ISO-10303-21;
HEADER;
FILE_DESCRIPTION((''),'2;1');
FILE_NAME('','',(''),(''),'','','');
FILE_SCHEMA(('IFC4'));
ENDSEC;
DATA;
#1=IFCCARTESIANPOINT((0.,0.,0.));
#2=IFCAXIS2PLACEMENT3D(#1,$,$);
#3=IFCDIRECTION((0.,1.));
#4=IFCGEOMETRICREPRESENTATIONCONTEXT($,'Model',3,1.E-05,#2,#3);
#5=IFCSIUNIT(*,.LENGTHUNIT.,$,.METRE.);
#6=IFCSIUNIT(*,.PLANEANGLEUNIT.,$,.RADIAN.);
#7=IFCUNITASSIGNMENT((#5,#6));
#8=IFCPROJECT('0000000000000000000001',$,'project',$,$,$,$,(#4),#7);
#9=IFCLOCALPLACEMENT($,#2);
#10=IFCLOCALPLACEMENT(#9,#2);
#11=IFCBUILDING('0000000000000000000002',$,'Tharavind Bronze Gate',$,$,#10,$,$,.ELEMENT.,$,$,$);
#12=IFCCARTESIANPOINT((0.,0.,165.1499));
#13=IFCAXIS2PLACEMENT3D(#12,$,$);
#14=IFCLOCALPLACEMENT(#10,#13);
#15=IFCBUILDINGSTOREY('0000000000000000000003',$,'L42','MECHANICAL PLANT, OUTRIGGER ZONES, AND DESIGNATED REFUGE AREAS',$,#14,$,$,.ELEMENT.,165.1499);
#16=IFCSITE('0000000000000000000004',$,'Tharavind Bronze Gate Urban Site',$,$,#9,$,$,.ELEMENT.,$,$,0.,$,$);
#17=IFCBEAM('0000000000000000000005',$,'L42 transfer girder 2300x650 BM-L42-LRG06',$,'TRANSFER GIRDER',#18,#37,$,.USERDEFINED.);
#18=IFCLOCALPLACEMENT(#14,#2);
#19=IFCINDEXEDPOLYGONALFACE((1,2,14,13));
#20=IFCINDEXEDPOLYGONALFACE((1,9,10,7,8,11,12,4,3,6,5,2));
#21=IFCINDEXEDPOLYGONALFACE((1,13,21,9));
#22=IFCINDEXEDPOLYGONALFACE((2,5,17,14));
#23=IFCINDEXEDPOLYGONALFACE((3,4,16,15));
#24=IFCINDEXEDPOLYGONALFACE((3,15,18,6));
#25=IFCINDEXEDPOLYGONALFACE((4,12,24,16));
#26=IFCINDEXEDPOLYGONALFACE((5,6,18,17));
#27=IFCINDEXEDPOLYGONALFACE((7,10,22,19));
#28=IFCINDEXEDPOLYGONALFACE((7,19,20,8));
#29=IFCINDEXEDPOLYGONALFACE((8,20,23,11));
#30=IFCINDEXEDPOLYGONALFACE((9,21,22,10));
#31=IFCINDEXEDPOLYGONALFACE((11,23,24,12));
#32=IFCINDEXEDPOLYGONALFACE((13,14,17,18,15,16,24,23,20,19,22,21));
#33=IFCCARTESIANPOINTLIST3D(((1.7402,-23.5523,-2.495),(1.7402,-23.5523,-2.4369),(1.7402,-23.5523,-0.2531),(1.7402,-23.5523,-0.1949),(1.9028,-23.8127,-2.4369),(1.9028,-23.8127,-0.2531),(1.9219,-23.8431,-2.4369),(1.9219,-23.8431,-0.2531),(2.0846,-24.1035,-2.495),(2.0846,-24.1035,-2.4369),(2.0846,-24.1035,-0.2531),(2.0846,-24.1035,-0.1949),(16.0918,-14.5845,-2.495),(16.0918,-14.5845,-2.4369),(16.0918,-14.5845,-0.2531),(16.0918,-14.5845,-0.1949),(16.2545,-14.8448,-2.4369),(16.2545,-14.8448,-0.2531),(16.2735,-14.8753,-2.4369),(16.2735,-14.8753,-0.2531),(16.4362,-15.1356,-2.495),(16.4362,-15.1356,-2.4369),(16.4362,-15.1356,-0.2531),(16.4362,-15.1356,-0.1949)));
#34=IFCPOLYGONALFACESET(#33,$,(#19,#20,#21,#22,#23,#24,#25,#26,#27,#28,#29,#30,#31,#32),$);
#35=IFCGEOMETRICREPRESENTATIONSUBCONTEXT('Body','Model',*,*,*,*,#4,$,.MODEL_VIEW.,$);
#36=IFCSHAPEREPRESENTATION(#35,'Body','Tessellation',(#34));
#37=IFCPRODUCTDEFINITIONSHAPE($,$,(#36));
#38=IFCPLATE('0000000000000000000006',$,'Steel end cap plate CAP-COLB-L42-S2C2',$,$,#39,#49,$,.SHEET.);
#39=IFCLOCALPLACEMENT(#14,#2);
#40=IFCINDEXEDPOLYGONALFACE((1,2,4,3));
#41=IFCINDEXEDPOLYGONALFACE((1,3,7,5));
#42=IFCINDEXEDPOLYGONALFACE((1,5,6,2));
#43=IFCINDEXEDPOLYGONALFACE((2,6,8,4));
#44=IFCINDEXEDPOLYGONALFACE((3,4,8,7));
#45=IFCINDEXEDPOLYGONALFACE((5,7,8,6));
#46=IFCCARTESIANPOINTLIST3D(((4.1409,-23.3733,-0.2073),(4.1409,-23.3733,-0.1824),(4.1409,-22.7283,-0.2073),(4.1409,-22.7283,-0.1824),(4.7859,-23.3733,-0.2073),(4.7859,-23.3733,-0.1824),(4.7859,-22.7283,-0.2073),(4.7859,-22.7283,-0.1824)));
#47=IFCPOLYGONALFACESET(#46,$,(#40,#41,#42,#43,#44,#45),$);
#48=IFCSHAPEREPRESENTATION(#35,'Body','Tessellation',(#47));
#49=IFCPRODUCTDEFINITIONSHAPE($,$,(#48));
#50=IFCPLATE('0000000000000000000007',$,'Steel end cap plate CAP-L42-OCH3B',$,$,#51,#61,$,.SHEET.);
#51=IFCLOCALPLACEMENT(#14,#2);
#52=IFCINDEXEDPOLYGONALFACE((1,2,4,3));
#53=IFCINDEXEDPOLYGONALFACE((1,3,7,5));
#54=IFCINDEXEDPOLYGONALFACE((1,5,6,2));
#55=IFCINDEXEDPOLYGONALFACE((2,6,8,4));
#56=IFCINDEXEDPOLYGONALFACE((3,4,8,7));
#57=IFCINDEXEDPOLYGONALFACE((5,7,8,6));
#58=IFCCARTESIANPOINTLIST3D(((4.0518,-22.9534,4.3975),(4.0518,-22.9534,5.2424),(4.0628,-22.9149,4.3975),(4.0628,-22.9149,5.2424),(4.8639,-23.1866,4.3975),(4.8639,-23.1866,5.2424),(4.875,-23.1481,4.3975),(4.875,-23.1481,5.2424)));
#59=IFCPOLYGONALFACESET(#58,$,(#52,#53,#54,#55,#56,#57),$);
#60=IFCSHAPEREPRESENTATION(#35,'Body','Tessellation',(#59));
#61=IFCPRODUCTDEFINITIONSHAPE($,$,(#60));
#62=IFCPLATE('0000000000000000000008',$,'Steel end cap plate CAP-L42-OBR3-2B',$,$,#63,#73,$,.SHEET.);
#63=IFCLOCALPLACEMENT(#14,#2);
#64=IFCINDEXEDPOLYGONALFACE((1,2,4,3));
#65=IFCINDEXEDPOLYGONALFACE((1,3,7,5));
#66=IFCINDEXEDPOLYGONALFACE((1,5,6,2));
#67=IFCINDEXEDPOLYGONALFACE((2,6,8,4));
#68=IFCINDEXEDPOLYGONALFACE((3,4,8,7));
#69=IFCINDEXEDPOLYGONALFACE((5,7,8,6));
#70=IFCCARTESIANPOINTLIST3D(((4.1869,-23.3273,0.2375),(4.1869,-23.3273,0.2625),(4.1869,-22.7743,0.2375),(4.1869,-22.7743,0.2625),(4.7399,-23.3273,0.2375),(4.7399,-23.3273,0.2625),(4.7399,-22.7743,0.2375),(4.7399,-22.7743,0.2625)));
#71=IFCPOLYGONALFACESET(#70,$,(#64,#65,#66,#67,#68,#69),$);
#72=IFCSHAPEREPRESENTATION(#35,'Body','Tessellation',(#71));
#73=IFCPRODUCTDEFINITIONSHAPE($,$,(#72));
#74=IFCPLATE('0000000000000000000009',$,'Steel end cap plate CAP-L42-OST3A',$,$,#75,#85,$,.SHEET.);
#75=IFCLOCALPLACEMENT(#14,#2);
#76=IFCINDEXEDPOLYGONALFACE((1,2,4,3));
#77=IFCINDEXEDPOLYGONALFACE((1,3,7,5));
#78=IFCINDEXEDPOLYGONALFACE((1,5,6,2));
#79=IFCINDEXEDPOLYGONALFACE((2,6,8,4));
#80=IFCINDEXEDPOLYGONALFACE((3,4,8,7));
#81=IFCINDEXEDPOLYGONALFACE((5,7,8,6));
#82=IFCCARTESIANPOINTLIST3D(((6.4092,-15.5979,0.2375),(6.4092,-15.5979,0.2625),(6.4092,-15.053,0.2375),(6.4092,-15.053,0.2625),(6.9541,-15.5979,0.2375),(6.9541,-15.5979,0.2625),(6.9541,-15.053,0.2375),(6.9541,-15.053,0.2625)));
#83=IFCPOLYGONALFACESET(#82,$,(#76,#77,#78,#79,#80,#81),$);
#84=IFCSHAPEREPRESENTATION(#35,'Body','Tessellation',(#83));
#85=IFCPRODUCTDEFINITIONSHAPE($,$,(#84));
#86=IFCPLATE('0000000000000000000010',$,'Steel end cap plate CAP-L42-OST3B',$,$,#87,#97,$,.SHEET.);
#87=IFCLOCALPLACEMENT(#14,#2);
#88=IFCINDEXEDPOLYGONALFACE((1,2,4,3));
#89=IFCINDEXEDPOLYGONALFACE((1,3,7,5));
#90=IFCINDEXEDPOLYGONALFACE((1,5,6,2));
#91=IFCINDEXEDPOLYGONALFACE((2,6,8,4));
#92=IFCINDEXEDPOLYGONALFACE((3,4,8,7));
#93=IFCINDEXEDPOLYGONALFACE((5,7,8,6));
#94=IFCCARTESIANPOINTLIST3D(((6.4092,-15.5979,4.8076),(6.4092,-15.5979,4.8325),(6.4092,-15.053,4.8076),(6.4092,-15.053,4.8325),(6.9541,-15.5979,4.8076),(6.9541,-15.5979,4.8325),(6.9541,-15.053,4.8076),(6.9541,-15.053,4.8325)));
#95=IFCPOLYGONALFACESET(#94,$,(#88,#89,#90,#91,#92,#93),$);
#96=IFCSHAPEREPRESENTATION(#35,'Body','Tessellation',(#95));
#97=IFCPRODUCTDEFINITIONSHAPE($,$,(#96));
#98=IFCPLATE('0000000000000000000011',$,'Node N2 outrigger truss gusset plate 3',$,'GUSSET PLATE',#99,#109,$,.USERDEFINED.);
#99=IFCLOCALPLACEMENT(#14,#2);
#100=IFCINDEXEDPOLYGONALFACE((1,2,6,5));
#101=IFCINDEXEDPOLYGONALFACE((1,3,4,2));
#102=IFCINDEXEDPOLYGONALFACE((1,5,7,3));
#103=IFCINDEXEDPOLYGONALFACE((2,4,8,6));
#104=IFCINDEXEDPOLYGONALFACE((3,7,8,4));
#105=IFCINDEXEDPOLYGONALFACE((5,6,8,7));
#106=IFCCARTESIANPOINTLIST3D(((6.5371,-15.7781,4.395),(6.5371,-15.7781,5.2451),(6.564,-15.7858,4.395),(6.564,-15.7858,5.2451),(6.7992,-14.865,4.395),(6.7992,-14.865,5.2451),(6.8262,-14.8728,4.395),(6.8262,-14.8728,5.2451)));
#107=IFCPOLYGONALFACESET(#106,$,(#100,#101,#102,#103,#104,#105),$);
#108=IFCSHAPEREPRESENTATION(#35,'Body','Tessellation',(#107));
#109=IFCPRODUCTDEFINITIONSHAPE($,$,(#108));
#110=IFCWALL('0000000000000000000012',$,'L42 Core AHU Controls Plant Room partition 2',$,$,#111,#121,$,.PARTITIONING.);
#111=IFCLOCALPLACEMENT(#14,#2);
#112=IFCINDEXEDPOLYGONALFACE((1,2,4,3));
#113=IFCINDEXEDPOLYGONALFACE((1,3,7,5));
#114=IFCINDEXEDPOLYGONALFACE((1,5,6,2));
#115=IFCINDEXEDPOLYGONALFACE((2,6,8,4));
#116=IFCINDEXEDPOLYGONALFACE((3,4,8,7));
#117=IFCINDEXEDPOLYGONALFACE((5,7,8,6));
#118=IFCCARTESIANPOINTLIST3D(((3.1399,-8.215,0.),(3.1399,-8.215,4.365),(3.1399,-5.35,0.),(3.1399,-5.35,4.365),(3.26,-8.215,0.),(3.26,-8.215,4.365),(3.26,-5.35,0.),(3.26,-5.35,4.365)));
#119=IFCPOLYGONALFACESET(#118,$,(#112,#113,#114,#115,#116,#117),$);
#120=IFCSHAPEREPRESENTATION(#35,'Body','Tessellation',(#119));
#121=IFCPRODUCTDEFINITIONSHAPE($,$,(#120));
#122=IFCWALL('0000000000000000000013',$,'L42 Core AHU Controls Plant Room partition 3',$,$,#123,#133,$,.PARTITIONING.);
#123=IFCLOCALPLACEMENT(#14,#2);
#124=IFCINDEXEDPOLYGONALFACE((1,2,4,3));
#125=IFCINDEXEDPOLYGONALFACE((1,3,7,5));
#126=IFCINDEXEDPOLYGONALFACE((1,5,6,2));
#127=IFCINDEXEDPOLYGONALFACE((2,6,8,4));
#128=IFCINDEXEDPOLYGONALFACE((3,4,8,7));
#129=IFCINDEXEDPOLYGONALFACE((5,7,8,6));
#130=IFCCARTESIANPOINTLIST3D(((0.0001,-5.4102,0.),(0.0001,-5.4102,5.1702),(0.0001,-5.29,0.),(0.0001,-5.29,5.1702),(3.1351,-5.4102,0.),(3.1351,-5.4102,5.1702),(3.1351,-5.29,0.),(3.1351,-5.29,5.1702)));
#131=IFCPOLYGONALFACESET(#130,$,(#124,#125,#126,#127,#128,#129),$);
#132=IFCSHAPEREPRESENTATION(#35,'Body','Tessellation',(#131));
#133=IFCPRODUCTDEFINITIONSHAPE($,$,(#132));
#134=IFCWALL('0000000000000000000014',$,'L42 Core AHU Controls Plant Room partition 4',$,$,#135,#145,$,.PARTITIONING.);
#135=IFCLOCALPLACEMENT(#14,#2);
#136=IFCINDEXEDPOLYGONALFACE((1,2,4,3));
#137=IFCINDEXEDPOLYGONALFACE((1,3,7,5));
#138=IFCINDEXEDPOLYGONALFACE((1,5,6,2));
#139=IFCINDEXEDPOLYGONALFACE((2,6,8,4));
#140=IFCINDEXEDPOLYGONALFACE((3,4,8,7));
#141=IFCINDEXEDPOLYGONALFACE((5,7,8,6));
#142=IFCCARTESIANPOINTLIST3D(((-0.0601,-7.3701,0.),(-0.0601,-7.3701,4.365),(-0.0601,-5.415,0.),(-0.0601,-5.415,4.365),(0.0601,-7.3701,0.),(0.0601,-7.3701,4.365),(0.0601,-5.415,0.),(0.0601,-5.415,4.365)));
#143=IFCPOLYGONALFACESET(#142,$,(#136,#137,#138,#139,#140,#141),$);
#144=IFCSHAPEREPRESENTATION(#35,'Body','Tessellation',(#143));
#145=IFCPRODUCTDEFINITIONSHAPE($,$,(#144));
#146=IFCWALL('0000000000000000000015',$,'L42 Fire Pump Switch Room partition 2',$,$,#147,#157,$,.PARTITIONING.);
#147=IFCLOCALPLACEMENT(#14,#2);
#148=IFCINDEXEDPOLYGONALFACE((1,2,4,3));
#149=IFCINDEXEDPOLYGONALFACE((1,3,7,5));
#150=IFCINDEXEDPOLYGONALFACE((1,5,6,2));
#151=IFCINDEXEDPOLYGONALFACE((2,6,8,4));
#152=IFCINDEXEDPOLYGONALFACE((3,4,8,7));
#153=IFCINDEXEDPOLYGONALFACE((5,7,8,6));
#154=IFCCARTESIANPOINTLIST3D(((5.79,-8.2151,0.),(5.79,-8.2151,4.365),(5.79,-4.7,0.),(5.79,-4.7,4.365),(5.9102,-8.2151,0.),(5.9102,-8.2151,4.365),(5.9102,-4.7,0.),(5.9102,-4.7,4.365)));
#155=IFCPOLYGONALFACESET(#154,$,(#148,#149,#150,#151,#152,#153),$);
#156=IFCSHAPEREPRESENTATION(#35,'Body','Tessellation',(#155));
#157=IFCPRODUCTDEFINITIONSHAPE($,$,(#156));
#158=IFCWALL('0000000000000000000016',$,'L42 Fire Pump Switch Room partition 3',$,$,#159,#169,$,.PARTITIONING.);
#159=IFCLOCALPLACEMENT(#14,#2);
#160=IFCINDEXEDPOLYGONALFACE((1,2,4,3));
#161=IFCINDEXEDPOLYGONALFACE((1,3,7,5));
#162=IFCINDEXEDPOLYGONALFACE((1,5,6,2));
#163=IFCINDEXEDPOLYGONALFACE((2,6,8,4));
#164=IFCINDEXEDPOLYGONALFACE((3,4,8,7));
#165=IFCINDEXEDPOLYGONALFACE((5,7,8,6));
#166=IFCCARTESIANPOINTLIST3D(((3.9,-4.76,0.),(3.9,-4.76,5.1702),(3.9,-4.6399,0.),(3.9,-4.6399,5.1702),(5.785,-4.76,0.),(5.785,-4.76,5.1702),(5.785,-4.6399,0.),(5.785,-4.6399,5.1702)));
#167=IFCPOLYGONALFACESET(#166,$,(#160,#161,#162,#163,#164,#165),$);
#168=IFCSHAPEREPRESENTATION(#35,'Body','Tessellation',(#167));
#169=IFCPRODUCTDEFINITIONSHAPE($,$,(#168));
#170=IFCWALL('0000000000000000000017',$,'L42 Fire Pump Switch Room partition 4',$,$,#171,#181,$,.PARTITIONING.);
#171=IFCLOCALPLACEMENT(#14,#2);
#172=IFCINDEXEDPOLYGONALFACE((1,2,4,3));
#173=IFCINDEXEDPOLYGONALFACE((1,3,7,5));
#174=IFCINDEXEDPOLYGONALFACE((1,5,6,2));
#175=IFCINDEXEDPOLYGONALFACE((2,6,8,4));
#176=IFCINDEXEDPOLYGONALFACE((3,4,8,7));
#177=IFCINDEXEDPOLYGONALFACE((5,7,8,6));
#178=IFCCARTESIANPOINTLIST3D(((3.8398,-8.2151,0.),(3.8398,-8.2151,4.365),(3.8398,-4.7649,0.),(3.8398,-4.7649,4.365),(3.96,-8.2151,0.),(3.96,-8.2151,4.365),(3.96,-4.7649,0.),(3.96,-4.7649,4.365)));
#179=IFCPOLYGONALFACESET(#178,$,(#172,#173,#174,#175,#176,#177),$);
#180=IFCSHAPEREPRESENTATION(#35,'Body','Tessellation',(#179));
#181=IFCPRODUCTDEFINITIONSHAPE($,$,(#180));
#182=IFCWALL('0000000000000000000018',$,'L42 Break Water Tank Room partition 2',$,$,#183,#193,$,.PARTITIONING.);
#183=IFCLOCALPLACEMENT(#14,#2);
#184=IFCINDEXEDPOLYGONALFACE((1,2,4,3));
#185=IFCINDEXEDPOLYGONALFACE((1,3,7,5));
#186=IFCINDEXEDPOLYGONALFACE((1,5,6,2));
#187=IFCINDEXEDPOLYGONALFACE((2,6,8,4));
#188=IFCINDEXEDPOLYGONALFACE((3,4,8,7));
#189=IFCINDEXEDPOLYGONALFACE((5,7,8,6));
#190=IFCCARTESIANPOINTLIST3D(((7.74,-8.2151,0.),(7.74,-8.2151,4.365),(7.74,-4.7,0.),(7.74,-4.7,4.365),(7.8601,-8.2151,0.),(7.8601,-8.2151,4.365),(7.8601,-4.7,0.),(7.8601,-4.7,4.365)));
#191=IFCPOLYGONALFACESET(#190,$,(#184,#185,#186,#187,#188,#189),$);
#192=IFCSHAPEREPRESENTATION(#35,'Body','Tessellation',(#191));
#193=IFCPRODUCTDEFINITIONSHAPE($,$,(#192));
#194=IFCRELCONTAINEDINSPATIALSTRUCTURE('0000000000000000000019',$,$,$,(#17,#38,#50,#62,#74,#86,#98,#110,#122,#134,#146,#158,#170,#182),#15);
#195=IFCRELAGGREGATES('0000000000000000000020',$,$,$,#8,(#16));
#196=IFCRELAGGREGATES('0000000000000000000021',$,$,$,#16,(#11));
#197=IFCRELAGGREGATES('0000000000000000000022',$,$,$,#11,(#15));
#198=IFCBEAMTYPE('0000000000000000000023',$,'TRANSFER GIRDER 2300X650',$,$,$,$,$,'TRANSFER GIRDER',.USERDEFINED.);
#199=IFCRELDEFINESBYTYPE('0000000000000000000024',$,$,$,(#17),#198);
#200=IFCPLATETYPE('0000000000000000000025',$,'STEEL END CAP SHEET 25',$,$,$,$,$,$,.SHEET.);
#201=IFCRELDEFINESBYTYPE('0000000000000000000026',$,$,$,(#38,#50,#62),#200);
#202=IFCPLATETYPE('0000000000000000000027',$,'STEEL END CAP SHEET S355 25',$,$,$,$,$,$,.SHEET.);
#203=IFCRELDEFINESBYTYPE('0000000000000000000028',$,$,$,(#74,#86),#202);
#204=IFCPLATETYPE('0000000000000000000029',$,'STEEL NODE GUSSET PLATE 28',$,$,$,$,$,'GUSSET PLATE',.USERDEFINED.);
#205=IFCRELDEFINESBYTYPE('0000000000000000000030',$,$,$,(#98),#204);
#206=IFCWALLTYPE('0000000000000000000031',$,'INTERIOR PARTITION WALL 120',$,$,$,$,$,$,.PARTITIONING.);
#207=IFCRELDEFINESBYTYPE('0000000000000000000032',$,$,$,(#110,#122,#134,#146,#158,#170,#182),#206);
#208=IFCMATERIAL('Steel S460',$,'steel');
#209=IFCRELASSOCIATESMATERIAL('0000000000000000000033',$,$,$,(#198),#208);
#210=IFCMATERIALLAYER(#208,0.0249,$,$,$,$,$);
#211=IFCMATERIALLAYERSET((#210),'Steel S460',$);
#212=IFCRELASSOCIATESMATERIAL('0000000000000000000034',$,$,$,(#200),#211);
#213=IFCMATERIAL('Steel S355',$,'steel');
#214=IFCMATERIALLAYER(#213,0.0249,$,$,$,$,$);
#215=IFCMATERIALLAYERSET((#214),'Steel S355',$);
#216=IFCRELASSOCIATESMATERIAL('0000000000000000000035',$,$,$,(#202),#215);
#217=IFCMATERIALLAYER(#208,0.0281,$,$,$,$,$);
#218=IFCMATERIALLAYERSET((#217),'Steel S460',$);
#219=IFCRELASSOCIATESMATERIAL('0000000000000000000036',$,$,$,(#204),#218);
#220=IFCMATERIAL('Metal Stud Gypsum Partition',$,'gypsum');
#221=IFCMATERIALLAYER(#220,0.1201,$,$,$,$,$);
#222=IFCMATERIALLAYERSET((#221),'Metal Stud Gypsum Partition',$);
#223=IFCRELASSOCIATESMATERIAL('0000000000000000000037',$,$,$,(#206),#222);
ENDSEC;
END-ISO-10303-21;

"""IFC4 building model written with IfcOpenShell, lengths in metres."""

from ifc_helpers import new_model, si_unit, direction, frame, frame_2d, origin, origin_2d, place, context, subcontext, project, spatial, rectangle, i_section, extrude, material, layer, layer_set, material_profile, profile_set, type_object, element, save


model = new_model("IFC4")

# Units and contexts
model_context = context("Model", 3, precision=1e-05, world=origin(), true_north=direction((0.0, 1.0)))
body_context = subcontext(model_context, "Body", "Model", "MODEL_VIEW")
ifc_project = project(units=[si_unit("LENGTHUNIT", "METRE"), si_unit("PLANEANGLEUNIT", "RADIAN")], contexts=[model_context])

# Site, building, storey
site_placement = place(None, origin())
site = spatial("IfcSite", under=ifc_project, at=site_placement, Name="Tharavind Bronze Gate Urban Site", CompositionType="ELEMENT", RefElevation=0.0)
building_placement = place(site_placement, origin())
building = spatial("IfcBuilding", under=site, at=building_placement, Name="Tharavind Bronze Gate", CompositionType="ELEMENT")
storey_placement = place(building_placement, frame((0.0, 0.0, 165.1499)))
storey = spatial("IfcBuildingStorey", under=building, at=storey_placement, Name="L42", Description="MECHANICAL PLANT, OUTRIGGER ZONES, AND DESIGNATED REFUGE AREAS", CompositionType="ELEMENT", Elevation=165.1499)

# Shared definitions
ifc_material_1 = material(Name="Steel S460", Category="steel")

# Beam
ifc_material_2 = material(Name="Steel S355", Category="steel")
ifc_material_profile_1 = material_profile(ifc_material_1, i_section(OverallWidth=0.6499, OverallDepth=2.3, WebThickness=0.0359, FlangeThickness=0.0581, at=origin_2d()), Name="PG2300X650")
ifc_profile_set_1 = profile_set([ifc_material_profile_1], Name="Steel S460")
beam_type_1 = type_object("IfcBeamType", Name="TRANSFER GIRDER 2300X650", ElementType="TRANSFER GIRDER", PredefinedType="USERDEFINED", material=ifc_profile_set_1)
beam_1_placement = place(storey_placement, frame((1.9124, -23.8279, -1.345), z_axis=(0.84805, 0.529916, 0.0), x_axis=(-0.529916, 0.84805, 0.0)))
element("IfcBeam", 1, at=beam_1_placement, inside=storey, type_object=beam_type_1, Name="L42 transfer girder 2300x650 BM-L42-LRG06", ObjectType="TRANSFER GIRDER", PredefinedType="USERDEFINED", context=body_context, shape_type="SweptSolid", body=[
    extrude(i_section(OverallWidth=0.6499, OverallDepth=2.3, WebThickness=0.0359, FlangeThickness=0.0581, at=origin_2d()), origin(), (0.0, 0.0, 1.0), 16.9231),
])

# Plates
ifc_layer_1 = layer(ifc_material_1, 0.0249)
ifc_layer_set_1 = layer_set([ifc_layer_1], Name="Steel S460")
plate_type_1 = type_object("IfcPlateType", Name="STEEL END CAP SHEET 25", PredefinedType="SHEET", material=ifc_layer_set_1)
plate_1_placement = place(storey_placement, frame((4.4634, -23.0508, -0.2073), z_axis=(0.0, 0.0, 1.0), x_axis=(1.0, 0.0, 0.0)))
element("IfcPlate", 2, at=plate_1_placement, inside=storey, type_object=plate_type_1, Name="Steel end cap plate CAP-COLB-L42-S2C2", PredefinedType="SHEET", context=body_context, shape_type="SweptSolid", body=[
    extrude(rectangle(XDim=0.645, YDim=0.645, at=origin_2d()), origin(), (0.0, 0.0, 1.0), 0.0249),
])
plate_2_placement = place(storey_placement, frame((4.4634, -23.0508, 4.3975), z_axis=(0.0, 0.0, 1.0), x_axis=(0.275995, 0.961159, 0.0)))
element("IfcPlate", 3, at=plate_2_placement, inside=storey, type_object=plate_type_1, Name="Steel end cap plate CAP-L42-OCH3B", PredefinedType="SHEET", context=body_context, shape_type="SweptSolid", body=[
    extrude(rectangle(XDim=0.04, YDim=0.845, at=origin_2d()), origin(), (0.0, 0.0, 1.0), 0.845),
])
plate_3_placement = place(storey_placement, frame((4.4634, -23.0508, 0.2375), z_axis=(0.0, 0.0, 1.0), x_axis=(1.0, 0.0, 0.0)))
element("IfcPlate", 4, at=plate_3_placement, inside=storey, type_object=plate_type_1, Name="Steel end cap plate CAP-L42-OBR3-2B", PredefinedType="SHEET", context=body_context, shape_type="SweptSolid", body=[
    extrude(rectangle(XDim=0.553, YDim=0.553, at=origin_2d()), origin(), (0.0, 0.0, 1.0), 0.0249),
])
ifc_layer_2 = layer(ifc_material_2, 0.0249)
ifc_layer_set_2 = layer_set([ifc_layer_2], Name="Steel S355")
plate_type_2 = type_object("IfcPlateType", Name="STEEL END CAP SHEET S355 25", PredefinedType="SHEET", material=ifc_layer_set_2)
for number, where, z_axis, x_axis, name in (
    (5, (6.6816, -15.3254, 0.2375), (0.0, 0.0, 1.0), (1.0, 0.0, 0.0), "Steel end cap plate CAP-L42-OST3A"),
    (6, (6.6816, -15.3254, 4.8076), (0.0, 0.0, 1.0), (1.0, 0.0, 0.0), "Steel end cap plate CAP-L42-OST3B"),
):
    element("IfcPlate", number, at=place(storey_placement, frame(where, z_axis=z_axis, x_axis=x_axis)), inside=storey, type_object=plate_type_2, Name=name, PredefinedType="SHEET", context=body_context, shape_type="SweptSolid", body=[
        extrude(rectangle(XDim=0.5449, YDim=0.5449, at=origin_2d()), origin(), (0.0, 0.0, 1.0), 0.0249),
    ])
ifc_layer_3 = layer(ifc_material_1, 0.0281)
ifc_layer_set_3 = layer_set([ifc_layer_3], Name="Steel S460")
plate_type_3 = type_object("IfcPlateType", Name="STEEL NODE GUSSET PLATE 28", ElementType="GUSSET PLATE", PredefinedType="USERDEFINED", material=ifc_layer_set_3)
plate_4_placement = place(storey_placement, frame((6.6816, -15.3254, 4.395), z_axis=(0.0, 0.0, 1.0), x_axis=(0.275995, 0.961159, 0.0)))
element("IfcPlate", 7, at=plate_4_placement, inside=storey, type_object=plate_type_3, Name="Node N2 outrigger truss gusset plate 3", ObjectType="GUSSET PLATE", PredefinedType="USERDEFINED", context=body_context, shape_type="SweptSolid", body=[
    extrude(rectangle(XDim=0.95, YDim=0.0281, at=origin_2d()), origin(), (0.0, 0.0, 1.0), 0.8501),
])

# Walls
ifc_material_3 = material(Name="Metal Stud Gypsum Partition", Category="gypsum")
ifc_layer_4 = layer(ifc_material_3, 0.1201)
ifc_layer_set_4 = layer_set([ifc_layer_4], Name="Metal Stud Gypsum Partition")
wall_type_1 = type_object("IfcWallType", Name="INTERIOR PARTITION WALL 120", PredefinedType="PARTITIONING", material=ifc_layer_set_4)
wall_1_placement = place(storey_placement, frame((3.2, -8.2151, 0.0), z_axis=(0.0, 0.0, 1.0), x_axis=(0.0, 1.0, 0.0)))
element("IfcWall", 8, at=wall_1_placement, inside=storey, type_object=wall_type_1, Name="L42 Core AHU Controls Plant Room partition 2", PredefinedType="PARTITIONING", context=body_context, shape_type="SweptSolid", body=[
    extrude(rectangle(XDim=2.865, YDim=0.1201, at=frame_2d((1.4326, 0.0))), origin(), (0.0, 0.0, 1.0), 4.365),
])
wall_2_placement = place(storey_placement, frame((3.135, -5.3501, 0.0), z_axis=(0.0, 0.0, 1.0), x_axis=(-1.0, 0.0, 0.0)))
element("IfcWall", 9, at=wall_2_placement, inside=storey, type_object=wall_type_1, Name="L42 Core AHU Controls Plant Room partition 3", PredefinedType="PARTITIONING", context=body_context, shape_type="SweptSolid", body=[
    extrude(rectangle(XDim=3.135, YDim=0.1201, at=frame_2d((1.5674, 0.0))), origin(), (0.0, 0.0, 1.0), 5.1702),
])
wall_3_placement = place(storey_placement, frame((0.0, -5.415, 0.0), z_axis=(0.0, 0.0, 1.0), x_axis=(0.0, -1.0, 0.0)))
element("IfcWall", 10, at=wall_3_placement, inside=storey, type_object=wall_type_1, Name="L42 Core AHU Controls Plant Room partition 4", PredefinedType="PARTITIONING", context=body_context, shape_type="SweptSolid", body=[
    extrude(rectangle(XDim=1.9551, YDim=0.1201, at=frame_2d((0.9775, 0.0))), origin(), (0.0, 0.0, 1.0), 4.365),
])
wall_4_placement = place(storey_placement, frame((5.8501, -8.2151, 0.0), z_axis=(0.0, 0.0, 1.0), x_axis=(0.0, 1.0, 0.0)))
element("IfcWall", 11, at=wall_4_placement, inside=storey, type_object=wall_type_1, Name="L42 Fire Pump Switch Room partition 2", PredefinedType="PARTITIONING", context=body_context, shape_type="SweptSolid", body=[
    extrude(rectangle(XDim=3.5151, YDim=0.1201, at=frame_2d((1.7576, 0.0))), origin(), (0.0, 0.0, 1.0), 4.365),
])
wall_5_placement = place(storey_placement, frame((5.7849, -4.7, 0.0), z_axis=(0.0, 0.0, 1.0), x_axis=(-1.0, 0.0, 0.0)))
element("IfcWall", 12, at=wall_5_placement, inside=storey, type_object=wall_type_1, Name="L42 Fire Pump Switch Room partition 3", PredefinedType="PARTITIONING", context=body_context, shape_type="SweptSolid", body=[
    extrude(rectangle(XDim=1.885, YDim=0.1201, at=frame_2d((0.9424, 0.0))), origin(), (0.0, 0.0, 1.0), 5.1702),
])
wall_6_placement = place(storey_placement, frame((3.8999, -4.7649, 0.0), z_axis=(0.0, 0.0, 1.0), x_axis=(0.0, -1.0, 0.0)))
element("IfcWall", 13, at=wall_6_placement, inside=storey, type_object=wall_type_1, Name="L42 Fire Pump Switch Room partition 4", PredefinedType="PARTITIONING", context=body_context, shape_type="SweptSolid", body=[
    extrude(rectangle(XDim=3.4502, YDim=0.1201, at=frame_2d((1.7251, 0.0))), origin(), (0.0, 0.0, 1.0), 4.365),
])
wall_7_placement = place(storey_placement, frame((7.8, -8.2151, 0.0), z_axis=(0.0, 0.0, 1.0), x_axis=(0.0, 1.0, 0.0)))
element("IfcWall", 14, at=wall_7_placement, inside=storey, type_object=wall_type_1, Name="L42 Break Water Tank Room partition 2", PredefinedType="PARTITIONING", context=body_context, shape_type="SweptSolid", body=[
    extrude(rectangle(XDim=3.5151, YDim=0.1201, at=frame_2d((1.7576, 0.0))), origin(), (0.0, 0.0, 1.0), 4.365),
])

save(model, "model.ifc")
